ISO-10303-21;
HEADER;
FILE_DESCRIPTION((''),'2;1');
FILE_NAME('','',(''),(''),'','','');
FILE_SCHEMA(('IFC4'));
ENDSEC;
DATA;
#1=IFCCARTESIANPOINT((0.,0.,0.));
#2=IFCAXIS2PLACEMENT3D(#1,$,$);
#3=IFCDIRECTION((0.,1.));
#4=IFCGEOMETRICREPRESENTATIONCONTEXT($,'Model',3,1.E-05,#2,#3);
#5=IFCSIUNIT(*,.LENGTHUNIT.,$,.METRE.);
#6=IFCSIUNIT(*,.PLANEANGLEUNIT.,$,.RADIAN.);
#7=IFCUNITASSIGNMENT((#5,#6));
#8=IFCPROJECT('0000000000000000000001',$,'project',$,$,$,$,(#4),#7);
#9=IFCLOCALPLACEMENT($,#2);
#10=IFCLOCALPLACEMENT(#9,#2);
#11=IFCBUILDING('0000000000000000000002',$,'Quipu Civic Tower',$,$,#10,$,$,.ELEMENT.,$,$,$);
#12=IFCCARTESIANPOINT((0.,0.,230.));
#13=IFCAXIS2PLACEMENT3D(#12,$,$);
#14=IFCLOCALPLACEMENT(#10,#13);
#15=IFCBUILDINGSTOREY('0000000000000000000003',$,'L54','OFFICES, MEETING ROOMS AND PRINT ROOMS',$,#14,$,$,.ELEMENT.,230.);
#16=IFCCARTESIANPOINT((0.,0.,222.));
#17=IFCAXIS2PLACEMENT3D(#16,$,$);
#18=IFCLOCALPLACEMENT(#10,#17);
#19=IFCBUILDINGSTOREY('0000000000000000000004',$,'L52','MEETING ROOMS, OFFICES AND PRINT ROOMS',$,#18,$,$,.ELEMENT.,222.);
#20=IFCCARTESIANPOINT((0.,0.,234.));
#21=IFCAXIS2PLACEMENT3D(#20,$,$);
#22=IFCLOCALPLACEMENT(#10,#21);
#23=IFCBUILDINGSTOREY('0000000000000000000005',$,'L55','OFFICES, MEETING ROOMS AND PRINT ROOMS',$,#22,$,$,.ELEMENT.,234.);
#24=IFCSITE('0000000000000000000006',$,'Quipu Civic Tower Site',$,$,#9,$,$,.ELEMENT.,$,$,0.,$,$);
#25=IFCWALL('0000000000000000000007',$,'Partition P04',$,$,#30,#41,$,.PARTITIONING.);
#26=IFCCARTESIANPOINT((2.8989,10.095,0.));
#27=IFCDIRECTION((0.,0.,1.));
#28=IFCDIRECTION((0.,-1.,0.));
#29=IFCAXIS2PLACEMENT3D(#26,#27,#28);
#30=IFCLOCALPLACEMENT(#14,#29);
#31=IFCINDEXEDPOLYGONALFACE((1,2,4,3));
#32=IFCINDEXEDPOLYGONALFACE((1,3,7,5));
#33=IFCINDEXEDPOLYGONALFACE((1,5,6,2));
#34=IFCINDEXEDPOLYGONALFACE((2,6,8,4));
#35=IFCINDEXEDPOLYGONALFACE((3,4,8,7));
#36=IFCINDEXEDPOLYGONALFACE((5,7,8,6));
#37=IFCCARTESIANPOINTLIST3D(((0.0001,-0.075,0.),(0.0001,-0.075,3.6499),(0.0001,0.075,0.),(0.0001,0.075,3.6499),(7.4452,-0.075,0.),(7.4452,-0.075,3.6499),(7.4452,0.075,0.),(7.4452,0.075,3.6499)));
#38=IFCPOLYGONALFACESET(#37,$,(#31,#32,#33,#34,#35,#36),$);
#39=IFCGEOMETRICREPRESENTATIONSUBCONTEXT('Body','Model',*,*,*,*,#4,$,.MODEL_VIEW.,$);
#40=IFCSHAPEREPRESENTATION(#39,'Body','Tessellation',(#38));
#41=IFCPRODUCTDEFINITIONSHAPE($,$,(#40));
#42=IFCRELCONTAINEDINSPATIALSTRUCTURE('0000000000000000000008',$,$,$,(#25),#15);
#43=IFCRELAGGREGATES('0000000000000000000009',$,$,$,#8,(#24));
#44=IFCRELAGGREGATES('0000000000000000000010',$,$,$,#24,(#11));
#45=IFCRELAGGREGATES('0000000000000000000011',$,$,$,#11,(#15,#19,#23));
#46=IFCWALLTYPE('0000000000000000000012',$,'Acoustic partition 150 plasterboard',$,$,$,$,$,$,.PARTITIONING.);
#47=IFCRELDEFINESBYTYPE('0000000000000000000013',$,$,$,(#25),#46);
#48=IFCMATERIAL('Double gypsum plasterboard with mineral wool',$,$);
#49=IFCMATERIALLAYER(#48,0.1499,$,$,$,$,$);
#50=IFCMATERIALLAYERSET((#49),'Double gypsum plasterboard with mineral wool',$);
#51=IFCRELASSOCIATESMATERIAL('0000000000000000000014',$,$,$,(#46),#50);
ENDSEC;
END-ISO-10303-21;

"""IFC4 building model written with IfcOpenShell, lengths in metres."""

from ifc_helpers import new_model, si_unit, direction, frame, frame_2d, origin, place, context, subcontext, project, spatial, rectangle, extrude, material, layer, layer_set, type_object, element, save


model = new_model("IFC4")

# Units and contexts
model_context = context("Model", 3, precision=1e-05, world=origin(), true_north=direction((0.0, 1.0)))
body_context = subcontext(model_context, "Body", "Model", "MODEL_VIEW")
ifc_project = project(units=[si_unit("LENGTHUNIT", "METRE"), si_unit("PLANEANGLEUNIT", "RADIAN")], contexts=[model_context])

# Site, building, storey
site_placement = place(None, origin())
site = spatial("IfcSite", under=ifc_project, at=site_placement, Name="Quipu Civic Tower Site", CompositionType="ELEMENT", RefElevation=0.0)
building_placement = place(site_placement, origin())
building = spatial("IfcBuilding", under=site, at=building_placement, Name="Quipu Civic Tower", CompositionType="ELEMENT")
storey_1_placement = place(building_placement, frame((0.0, 0.0, 230.0)))
storey_1 = spatial("IfcBuildingStorey", under=building, at=storey_1_placement, Name="L54", Description="OFFICES, MEETING ROOMS AND PRINT ROOMS", CompositionType="ELEMENT", Elevation=230.0)

# Shared definitions
storey_2_placement = place(building_placement, frame((0.0, 0.0, 222.0)))
storey_2 = spatial("IfcBuildingStorey", under=building, at=storey_2_placement, Name="L52", Description="MEETING ROOMS, OFFICES AND PRINT ROOMS", CompositionType="ELEMENT", Elevation=222.0)

# Shared definitions
storey_3_placement = place(building_placement, frame((0.0, 0.0, 234.0)))
storey_3 = spatial("IfcBuildingStorey", under=building, at=storey_3_placement, Name="L55", Description="OFFICES, MEETING ROOMS AND PRINT ROOMS", CompositionType="ELEMENT", Elevation=234.0)

# Wall
ifc_material_1 = material(Name="Double gypsum plasterboard with mineral wool")
ifc_layer_1 = layer(ifc_material_1, 0.1499)
ifc_layer_set_1 = layer_set([ifc_layer_1], Name="Double gypsum plasterboard with mineral wool")
wall_type_1 = type_object("IfcWallType", Name="Acoustic partition 150 plasterboard", PredefinedType="PARTITIONING", material=ifc_layer_set_1)
wall_1_placement = place(storey_1_placement, frame((2.8989, 10.095, 0.0), z_axis=(0.0, 0.0, 1.0), x_axis=(0.0, -1.0, 0.0)))
element("IfcWall", 1, at=wall_1_placement, inside=storey_1, type_object=wall_type_1, Name="Partition P04", PredefinedType="PARTITIONING", context=body_context, shape_type="SweptSolid", body=[
    extrude(rectangle(XDim=7.4451, YDim=0.1499, at=frame_2d((3.7227, 0.0))), origin(), (0.0, 0.0, 1.0), 3.6499),
])

save(model, "model.ifc")
